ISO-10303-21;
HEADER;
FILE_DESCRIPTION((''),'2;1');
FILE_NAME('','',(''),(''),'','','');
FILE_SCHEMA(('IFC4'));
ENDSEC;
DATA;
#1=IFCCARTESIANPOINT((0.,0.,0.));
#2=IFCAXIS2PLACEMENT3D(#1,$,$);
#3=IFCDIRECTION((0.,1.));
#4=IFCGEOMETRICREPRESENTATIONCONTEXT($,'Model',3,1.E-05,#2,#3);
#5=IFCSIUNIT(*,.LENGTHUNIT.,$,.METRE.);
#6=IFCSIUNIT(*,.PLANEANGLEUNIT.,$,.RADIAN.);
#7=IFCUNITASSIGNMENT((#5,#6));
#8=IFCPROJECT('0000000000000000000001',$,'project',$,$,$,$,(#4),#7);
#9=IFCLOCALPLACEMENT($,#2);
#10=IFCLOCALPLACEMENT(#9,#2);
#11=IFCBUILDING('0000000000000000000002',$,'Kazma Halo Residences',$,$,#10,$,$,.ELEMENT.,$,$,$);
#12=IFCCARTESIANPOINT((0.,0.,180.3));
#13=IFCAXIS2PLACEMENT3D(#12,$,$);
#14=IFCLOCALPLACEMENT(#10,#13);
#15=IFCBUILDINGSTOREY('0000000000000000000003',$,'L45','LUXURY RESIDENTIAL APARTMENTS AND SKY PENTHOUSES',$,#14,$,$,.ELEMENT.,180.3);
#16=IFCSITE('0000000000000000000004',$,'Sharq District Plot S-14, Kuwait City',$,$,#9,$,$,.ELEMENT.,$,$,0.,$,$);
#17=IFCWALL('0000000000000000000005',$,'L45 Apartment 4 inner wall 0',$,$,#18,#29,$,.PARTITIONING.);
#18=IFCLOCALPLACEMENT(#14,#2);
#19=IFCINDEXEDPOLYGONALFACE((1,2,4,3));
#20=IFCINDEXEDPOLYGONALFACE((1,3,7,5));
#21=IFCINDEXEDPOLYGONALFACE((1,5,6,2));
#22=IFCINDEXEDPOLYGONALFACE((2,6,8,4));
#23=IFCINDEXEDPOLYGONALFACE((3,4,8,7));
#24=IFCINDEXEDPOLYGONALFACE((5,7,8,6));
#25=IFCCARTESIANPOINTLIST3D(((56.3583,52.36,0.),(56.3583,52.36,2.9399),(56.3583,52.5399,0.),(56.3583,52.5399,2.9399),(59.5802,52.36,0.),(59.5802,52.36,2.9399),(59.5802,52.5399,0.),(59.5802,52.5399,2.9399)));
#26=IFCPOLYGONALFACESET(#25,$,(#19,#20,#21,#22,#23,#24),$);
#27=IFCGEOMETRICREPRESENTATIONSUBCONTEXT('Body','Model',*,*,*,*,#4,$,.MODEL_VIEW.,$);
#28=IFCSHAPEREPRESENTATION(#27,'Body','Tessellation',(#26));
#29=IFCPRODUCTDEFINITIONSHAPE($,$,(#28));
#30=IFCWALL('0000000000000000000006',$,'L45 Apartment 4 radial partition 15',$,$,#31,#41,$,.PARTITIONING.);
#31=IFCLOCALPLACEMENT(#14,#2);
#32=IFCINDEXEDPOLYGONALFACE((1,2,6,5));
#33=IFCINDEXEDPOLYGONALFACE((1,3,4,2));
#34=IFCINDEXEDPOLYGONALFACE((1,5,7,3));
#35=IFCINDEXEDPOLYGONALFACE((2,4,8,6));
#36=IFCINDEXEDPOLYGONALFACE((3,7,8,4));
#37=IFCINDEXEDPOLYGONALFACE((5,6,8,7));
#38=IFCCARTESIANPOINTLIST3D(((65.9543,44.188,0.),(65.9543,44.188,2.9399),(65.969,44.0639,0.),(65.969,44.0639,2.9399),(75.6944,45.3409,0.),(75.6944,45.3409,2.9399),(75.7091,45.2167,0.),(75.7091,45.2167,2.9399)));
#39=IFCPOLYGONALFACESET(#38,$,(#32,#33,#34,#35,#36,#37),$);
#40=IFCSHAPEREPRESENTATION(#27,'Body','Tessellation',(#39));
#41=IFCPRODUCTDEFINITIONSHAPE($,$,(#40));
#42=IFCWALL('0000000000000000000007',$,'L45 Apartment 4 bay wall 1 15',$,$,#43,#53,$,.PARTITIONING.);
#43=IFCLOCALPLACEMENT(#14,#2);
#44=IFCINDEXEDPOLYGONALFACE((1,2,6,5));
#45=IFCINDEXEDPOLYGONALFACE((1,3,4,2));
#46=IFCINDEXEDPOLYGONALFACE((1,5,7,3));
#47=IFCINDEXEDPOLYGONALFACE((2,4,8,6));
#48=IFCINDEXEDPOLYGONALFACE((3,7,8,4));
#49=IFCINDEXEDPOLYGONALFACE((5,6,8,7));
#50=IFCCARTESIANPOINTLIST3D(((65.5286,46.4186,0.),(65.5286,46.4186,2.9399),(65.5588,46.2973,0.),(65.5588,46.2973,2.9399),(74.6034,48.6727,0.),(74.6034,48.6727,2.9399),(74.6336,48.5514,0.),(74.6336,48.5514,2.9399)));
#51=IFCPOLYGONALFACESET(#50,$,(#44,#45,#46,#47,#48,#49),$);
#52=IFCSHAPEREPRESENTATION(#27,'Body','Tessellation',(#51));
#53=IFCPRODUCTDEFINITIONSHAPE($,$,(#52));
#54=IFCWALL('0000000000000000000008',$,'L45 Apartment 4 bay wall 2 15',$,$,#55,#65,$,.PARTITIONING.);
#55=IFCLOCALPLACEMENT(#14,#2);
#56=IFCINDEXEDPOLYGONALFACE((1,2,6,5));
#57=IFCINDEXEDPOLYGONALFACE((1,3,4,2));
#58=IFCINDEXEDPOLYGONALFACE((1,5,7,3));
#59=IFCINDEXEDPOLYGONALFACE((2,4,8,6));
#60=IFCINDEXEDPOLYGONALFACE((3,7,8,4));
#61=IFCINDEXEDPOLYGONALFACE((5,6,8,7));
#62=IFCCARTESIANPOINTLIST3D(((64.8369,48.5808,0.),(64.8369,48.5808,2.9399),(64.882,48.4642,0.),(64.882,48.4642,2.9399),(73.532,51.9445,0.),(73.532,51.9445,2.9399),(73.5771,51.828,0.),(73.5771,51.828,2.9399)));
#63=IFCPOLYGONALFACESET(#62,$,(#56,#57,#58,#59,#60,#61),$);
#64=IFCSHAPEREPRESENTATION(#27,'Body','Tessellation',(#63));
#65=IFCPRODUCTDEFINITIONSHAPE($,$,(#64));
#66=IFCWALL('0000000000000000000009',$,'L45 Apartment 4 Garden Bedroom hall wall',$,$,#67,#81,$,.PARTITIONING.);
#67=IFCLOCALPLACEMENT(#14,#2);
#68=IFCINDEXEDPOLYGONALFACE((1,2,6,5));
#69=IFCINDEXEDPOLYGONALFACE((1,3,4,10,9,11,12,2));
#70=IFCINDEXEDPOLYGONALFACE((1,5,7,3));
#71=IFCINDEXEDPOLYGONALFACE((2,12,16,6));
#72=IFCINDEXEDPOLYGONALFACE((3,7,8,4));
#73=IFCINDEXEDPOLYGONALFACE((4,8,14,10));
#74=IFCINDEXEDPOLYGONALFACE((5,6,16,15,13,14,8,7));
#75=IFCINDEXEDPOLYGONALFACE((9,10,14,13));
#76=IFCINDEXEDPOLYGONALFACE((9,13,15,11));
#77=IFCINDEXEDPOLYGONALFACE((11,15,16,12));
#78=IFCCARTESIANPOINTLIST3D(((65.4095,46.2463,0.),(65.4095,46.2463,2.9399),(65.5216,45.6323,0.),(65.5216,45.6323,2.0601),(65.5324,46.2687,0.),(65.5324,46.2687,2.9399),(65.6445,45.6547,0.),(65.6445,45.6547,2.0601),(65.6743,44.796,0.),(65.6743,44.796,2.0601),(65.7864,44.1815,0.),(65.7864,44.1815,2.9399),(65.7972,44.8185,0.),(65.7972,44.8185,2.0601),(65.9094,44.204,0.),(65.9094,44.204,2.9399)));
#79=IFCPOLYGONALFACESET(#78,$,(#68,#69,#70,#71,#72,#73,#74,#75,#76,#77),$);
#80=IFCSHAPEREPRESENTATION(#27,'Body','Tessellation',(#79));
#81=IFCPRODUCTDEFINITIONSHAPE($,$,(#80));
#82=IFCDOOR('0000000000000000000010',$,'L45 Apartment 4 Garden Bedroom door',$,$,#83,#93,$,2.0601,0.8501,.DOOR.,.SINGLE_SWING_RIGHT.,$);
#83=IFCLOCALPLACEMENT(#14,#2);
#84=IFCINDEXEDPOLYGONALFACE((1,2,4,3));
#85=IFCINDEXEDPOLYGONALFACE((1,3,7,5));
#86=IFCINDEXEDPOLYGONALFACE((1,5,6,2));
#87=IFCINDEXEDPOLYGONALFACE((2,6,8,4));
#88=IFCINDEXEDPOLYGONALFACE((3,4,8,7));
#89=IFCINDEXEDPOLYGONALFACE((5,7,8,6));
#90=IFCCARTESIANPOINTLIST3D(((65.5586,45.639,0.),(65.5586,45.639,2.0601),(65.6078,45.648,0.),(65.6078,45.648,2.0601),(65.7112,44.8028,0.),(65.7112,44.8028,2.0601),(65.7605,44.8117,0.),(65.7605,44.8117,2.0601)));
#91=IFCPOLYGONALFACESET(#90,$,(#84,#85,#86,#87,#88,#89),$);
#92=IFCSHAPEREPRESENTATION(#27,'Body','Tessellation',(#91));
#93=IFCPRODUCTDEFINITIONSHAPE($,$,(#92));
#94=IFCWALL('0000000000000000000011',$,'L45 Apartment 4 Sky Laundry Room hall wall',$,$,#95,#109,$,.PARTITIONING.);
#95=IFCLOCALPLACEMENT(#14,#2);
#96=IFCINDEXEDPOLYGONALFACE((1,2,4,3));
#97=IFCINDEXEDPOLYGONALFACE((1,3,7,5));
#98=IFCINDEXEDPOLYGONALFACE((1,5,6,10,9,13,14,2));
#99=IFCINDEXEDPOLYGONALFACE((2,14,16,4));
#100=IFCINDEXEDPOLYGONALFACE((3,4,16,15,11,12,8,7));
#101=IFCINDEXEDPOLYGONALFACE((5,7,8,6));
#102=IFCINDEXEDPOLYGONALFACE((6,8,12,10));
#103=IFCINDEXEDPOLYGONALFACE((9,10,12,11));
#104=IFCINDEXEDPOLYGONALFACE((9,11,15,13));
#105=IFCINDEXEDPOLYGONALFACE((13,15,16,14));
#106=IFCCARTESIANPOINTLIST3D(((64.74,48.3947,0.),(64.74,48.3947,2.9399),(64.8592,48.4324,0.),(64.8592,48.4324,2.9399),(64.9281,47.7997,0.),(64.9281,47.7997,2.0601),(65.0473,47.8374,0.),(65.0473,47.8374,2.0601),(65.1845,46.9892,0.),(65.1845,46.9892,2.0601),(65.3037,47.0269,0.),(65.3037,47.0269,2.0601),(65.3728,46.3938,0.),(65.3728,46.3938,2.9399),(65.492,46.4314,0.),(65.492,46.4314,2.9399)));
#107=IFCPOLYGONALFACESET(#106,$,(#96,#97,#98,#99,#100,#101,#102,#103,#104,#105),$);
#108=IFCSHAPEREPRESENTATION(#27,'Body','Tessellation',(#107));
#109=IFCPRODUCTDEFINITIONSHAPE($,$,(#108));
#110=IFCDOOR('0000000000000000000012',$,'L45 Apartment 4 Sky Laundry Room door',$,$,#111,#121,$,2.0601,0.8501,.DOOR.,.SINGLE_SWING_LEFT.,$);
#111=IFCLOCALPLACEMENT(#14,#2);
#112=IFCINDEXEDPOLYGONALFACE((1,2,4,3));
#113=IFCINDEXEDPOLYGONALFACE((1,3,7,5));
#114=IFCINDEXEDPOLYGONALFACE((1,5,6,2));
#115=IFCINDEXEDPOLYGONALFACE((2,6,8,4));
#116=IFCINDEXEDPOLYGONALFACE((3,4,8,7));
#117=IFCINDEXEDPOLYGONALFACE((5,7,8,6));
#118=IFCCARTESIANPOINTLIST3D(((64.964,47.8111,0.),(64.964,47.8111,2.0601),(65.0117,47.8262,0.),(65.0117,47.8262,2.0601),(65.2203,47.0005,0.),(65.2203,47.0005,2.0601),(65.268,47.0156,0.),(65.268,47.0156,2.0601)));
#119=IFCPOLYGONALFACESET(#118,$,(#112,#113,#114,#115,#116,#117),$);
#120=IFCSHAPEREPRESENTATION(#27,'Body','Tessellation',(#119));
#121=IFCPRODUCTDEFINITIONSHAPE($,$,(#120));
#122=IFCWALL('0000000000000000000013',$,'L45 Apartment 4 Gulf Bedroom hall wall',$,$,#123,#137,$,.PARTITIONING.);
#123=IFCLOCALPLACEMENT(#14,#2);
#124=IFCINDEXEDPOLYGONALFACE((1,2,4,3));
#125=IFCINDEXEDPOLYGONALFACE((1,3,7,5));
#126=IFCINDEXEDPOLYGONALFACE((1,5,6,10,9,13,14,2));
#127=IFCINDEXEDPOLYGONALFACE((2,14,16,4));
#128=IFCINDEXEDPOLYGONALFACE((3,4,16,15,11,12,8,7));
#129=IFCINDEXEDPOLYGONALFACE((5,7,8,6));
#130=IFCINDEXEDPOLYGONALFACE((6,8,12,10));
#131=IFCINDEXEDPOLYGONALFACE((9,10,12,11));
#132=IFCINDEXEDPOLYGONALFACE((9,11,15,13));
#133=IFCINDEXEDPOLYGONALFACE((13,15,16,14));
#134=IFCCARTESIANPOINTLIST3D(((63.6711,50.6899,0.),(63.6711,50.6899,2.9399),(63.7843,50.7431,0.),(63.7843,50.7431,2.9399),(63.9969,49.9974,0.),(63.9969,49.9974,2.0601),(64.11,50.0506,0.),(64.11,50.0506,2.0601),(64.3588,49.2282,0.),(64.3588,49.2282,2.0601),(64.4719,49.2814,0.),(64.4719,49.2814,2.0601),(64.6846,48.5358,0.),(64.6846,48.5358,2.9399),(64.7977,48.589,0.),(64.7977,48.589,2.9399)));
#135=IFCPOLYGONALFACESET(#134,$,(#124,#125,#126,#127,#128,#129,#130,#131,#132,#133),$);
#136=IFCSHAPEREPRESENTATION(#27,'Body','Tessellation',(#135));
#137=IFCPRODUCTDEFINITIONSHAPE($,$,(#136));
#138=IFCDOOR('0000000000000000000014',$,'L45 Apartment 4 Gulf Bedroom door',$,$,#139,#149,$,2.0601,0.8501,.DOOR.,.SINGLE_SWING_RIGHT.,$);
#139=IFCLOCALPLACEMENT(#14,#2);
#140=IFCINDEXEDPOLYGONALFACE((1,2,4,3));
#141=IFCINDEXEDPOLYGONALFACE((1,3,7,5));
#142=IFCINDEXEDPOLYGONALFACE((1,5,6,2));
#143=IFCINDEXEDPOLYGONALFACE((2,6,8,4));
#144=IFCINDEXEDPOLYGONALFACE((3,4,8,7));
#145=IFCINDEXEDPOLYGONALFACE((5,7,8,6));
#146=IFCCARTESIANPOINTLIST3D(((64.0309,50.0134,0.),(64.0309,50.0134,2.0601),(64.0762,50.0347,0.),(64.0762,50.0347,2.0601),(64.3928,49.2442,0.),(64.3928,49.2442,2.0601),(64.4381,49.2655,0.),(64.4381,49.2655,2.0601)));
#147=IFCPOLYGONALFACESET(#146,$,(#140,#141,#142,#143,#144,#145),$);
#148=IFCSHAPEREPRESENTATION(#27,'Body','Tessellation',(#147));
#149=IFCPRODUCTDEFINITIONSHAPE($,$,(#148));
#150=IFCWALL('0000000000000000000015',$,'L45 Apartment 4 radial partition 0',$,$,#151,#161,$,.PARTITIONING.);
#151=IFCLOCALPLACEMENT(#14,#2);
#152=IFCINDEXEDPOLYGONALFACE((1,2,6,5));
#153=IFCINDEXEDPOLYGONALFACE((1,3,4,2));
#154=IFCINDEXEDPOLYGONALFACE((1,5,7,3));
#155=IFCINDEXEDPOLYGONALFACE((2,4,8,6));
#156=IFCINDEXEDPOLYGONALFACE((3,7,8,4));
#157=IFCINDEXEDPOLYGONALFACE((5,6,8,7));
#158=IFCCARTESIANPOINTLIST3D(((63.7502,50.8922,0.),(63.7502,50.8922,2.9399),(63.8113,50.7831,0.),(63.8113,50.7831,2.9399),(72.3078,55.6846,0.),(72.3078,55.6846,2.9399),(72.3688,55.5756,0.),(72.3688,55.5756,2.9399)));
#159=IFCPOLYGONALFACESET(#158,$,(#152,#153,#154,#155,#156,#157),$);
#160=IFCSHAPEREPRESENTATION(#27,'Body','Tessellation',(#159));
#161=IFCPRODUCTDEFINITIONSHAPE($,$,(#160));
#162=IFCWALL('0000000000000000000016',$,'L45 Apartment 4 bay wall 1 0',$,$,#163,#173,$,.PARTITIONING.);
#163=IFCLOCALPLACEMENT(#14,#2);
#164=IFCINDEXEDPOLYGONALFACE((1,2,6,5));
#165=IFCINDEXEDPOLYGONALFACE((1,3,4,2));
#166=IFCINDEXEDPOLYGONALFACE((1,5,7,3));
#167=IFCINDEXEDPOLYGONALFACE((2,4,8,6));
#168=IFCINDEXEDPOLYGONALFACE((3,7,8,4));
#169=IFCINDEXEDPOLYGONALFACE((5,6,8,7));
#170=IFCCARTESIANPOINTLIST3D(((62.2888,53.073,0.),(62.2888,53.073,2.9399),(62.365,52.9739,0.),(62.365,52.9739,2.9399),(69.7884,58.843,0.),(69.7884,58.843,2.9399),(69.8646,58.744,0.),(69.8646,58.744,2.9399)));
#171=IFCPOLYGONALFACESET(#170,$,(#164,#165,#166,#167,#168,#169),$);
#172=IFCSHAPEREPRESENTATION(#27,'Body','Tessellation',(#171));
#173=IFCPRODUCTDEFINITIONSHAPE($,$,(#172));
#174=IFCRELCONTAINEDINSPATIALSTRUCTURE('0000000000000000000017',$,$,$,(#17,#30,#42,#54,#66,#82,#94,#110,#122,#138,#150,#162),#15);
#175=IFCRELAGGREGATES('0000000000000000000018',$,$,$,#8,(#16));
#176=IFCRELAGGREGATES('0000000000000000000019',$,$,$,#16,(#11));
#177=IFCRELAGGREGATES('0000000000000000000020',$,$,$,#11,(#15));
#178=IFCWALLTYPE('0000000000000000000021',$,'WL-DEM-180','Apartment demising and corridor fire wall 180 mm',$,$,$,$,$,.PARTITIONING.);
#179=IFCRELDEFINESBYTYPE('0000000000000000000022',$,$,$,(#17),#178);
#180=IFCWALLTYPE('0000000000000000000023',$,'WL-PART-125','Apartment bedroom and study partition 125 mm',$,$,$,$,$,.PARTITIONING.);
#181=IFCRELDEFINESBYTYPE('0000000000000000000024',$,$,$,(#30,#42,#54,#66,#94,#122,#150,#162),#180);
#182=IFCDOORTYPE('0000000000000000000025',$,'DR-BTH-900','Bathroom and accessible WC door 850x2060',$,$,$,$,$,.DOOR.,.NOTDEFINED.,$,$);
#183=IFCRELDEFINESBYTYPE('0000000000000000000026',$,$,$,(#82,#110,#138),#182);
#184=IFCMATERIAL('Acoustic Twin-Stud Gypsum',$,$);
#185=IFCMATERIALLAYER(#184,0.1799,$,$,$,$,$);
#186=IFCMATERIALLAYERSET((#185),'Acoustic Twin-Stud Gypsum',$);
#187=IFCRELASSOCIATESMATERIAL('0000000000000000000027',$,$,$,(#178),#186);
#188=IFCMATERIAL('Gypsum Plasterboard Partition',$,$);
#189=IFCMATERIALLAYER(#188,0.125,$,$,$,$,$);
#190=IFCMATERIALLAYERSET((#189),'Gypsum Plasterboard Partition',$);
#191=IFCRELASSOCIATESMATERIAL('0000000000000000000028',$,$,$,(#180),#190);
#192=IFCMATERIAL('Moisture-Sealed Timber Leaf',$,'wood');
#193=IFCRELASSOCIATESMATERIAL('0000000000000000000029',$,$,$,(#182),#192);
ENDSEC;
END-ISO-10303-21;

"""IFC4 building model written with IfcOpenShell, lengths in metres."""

from ifc_helpers import new_model, si_unit, direction, frame, frame_2d, origin, place, context, subcontext, project, spatial, rectangle, extrude, material, layer, layer_set, type_object, element, fill, save


model = new_model("IFC4")

# Units and contexts
model_context = context("Model", 3, precision=1e-05, world=origin(), true_north=direction((0.0, 1.0)))
body_context = subcontext(model_context, "Body", "Model", "MODEL_VIEW")
ifc_project = project(units=[si_unit("LENGTHUNIT", "METRE"), si_unit("PLANEANGLEUNIT", "RADIAN")], contexts=[model_context])

# Site, building, storey
site_placement = place(None, origin())
site = spatial("IfcSite", under=ifc_project, at=site_placement, Name="Sharq District Plot S-14, Kuwait City", CompositionType="ELEMENT", RefElevation=0.0)
building_placement = place(site_placement, origin())
building = spatial("IfcBuilding", under=site, at=building_placement, Name="Kazma Halo Residences", CompositionType="ELEMENT")
storey_placement = place(building_placement, frame((0.0, 0.0, 180.3)))
storey = spatial("IfcBuildingStorey", under=building, at=storey_placement, Name="L45", Description="LUXURY RESIDENTIAL APARTMENTS AND SKY PENTHOUSES", CompositionType="ELEMENT", Elevation=180.3)

# Walls
ifc_material_1 = material(Name="Acoustic Twin-Stud Gypsum")
ifc_layer_1 = layer(ifc_material_1, 0.1799)
ifc_layer_set_1 = layer_set([ifc_layer_1], Name="Acoustic Twin-Stud Gypsum")
wall_type_1 = type_object("IfcWallType", Name="WL-DEM-180", Description="Apartment demising and corridor fire wall 180 mm", PredefinedType="PARTITIONING", material=ifc_layer_set_1)
wall_1_placement = place(storey_placement, frame((59.5801, 52.45, 0.0), z_axis=(0.0, 0.0, 1.0), x_axis=(-1.0, 0.0, 0.0)))
element("IfcWall", 1, at=wall_1_placement, inside=storey, type_object=wall_type_1, Name="L45 Apartment 4 inner wall 0", PredefinedType="PARTITIONING", context=body_context, shape_type="SweptSolid", body=[
    extrude(rectangle(XDim=3.2219, YDim=0.1799, at=frame_2d((1.6108, 0.0))), origin(), (0.0, 0.0, 1.0), 2.9399),
])
ifc_material_2 = material(Name="Gypsum Plasterboard Partition")
ifc_layer_2 = layer(ifc_material_2, 0.125)
ifc_layer_set_2 = layer_set([ifc_layer_2], Name="Gypsum Plasterboard Partition")
wall_type_2 = type_object("IfcWallType", Name="WL-PART-125", Description="Apartment bedroom and study partition 125 mm", PredefinedType="PARTITIONING", material=ifc_layer_set_2)
wall_2_placement = place(storey_placement, frame((65.9617, 44.126, 0.0), z_axis=(0.0, 0.0, 1.0), x_axis=(0.993068, 0.117537, 0.0)))
element("IfcWall", 2, at=wall_2_placement, inside=storey, type_object=wall_type_2, Name="L45 Apartment 4 radial partition 15", PredefinedType="PARTITIONING", context=body_context, shape_type="SweptSolid", body=[
    extrude(rectangle(XDim=9.8081, YDim=0.125, at=frame_2d((4.9041, 0.0))), origin(), (0.0, 0.0, 1.0), 2.9399),
])
wall_3_placement = place(storey_placement, frame((65.5437, 46.3579, 0.0), z_axis=(0.0, 0.0, 1.0), x_axis=(0.970507, 0.241073, 0.0)))
element("IfcWall", 3, at=wall_3_placement, inside=storey, type_object=wall_type_2, Name="L45 Apartment 4 bay wall 1 15", PredefinedType="PARTITIONING", context=body_context, shape_type="SweptSolid", body=[
    extrude(rectangle(XDim=9.3506, YDim=0.125, at=frame_2d((4.6753, 0.0))), origin(), (0.0, 0.0, 1.0), 2.9399),
])
wall_4_placement = place(storey_placement, frame((64.8594, 48.5225, 0.0), z_axis=(0.0, 0.0, 1.0), x_axis=(0.932643, 0.360802, 0.0)))
element("IfcWall", 4, at=wall_4_placement, inside=storey, type_object=wall_type_2, Name="L45 Apartment 4 bay wall 2 15", PredefinedType="PARTITIONING", context=body_context, shape_type="SweptSolid", body=[
    extrude(rectangle(XDim=9.323, YDim=0.125, at=frame_2d((4.6616, 0.0))), origin(), (0.0, 0.0, 1.0), 2.9399),
])

# Walls, openings, doors
wall_5_placement = place(storey_placement, frame((65.8479, 44.1929, 0.0), z_axis=(0.0, 0.0, 1.0), x_axis=(-0.179602, 0.983739, 0.0)))
wall_5 = element("IfcWall", 5, at=wall_5_placement, inside=storey, type_object=wall_type_2, Name="L45 Apartment 4 Garden Bedroom hall wall", PredefinedType="PARTITIONING", context=body_context, shape_type="SweptSolid", body=[
    extrude(rectangle(XDim=2.0989, YDim=0.125, at=frame_2d((1.0493, 0.0))), origin(), (0.0, 0.0, 1.0), 2.9399),
])
opening_1_placement = place(wall_5_placement, frame((0.6245, 0.0, 0.0)))
opening_1 = element("IfcOpeningElement", 6, at=opening_1_placement, cuts=wall_5, PredefinedType="OPENING", context=body_context, shape_type="SweptSolid", body=[
    extrude(rectangle(XDim=0.8501, YDim=2.0601, at=frame_2d((0.425, 1.03))), frame((0.0, 0.0725, 0.0), z_axis=(0.0, -1.0, 0.0), x_axis=(1.0, 0.0, 0.0)), (0.0, 0.0, 1.0), 0.145),
])
ifc_material_3 = material(Name="Moisture-Sealed Timber Leaf", Category="wood")
door_type = type_object("IfcDoorType", Name="DR-BTH-900", Description="Bathroom and accessible WC door 850x2060", OperationType="NOTDEFINED", PredefinedType="DOOR", material=ifc_material_3)
door_1_placement = place(opening_1_placement, origin())
door_1 = element("IfcDoor", 7, at=door_1_placement, inside=storey, type_object=door_type, Name="L45 Apartment 4 Garden Bedroom door", OperationType="SINGLE_SWING_RIGHT", OverallHeight=2.0601, OverallWidth=0.8501, PredefinedType="DOOR", context=body_context, shape_type="SweptSolid", body=[
    extrude(rectangle(XDim=0.8501, YDim=2.0601, at=frame_2d((0.425, 1.03))), frame((0.0, 0.0249, 0.0), z_axis=(0.0, -1.0, 0.0), x_axis=(1.0, 0.0, 0.0)), (0.0, 0.0, 1.0), 0.05),
])
fill(opening_1, door_1)
wall_6_placement = place(storey_placement, frame((65.4324, 46.4126, 0.0), z_axis=(0.0, 0.0, 1.0), x_axis=(-0.301532, 0.953456, 0.0)))
wall_6 = element("IfcWall", 8, at=wall_6_placement, inside=storey, type_object=wall_type_2, Name="L45 Apartment 4 Sky Laundry Room hall wall", PredefinedType="PARTITIONING", context=body_context, shape_type="SweptSolid", body=[
    extrude(rectangle(XDim=2.0986, YDim=0.125, at=frame_2d((1.0493, 0.0))), origin(), (0.0, 0.0, 1.0), 2.9399),
])
opening_2_placement = place(wall_6_placement, frame((0.6245, 0.0, 0.0)))
opening_2 = element("IfcOpeningElement", 9, at=opening_2_placement, cuts=wall_6, PredefinedType="OPENING", context=body_context, shape_type="SweptSolid", body=[
    extrude(rectangle(XDim=0.8501, YDim=2.0601, at=frame_2d((0.425, 1.03))), frame((0.0, 0.0725, 0.0), z_axis=(0.0, -1.0, 0.0), x_axis=(1.0, 0.0, 0.0)), (0.0, 0.0, 1.0), 0.145),
])
door_2_placement = place(opening_2_placement, origin())
door_2 = element("IfcDoor", 10, at=door_2_placement, inside=storey, type_object=door_type, Name="L45 Apartment 4 Sky Laundry Room door", OperationType="SINGLE_SWING_LEFT", OverallHeight=2.0601, OverallWidth=0.8501, PredefinedType="DOOR", context=body_context, shape_type="SweptSolid", body=[
    extrude(rectangle(XDim=0.8501, YDim=2.0601, at=frame_2d((0.425, 1.03))), frame((0.0, 0.0249, 0.0), z_axis=(0.0, -1.0, 0.0), x_axis=(1.0, 0.0, 0.0)), (0.0, 0.0, 1.0), 0.05),
])
fill(opening_2, door_2)
wall_7_placement = place(storey_placement, frame((64.7412, 48.5623, 0.0), z_axis=(0.0, 0.0, 1.0), x_axis=(-0.425713, 0.904858, 0.0)))
wall_7 = element("IfcWall", 11, at=wall_7_placement, inside=storey, type_object=wall_type_2, Name="L45 Apartment 4 Gulf Bedroom hall wall", PredefinedType="PARTITIONING", context=body_context, shape_type="SweptSolid", body=[
    extrude(rectangle(XDim=2.3806, YDim=0.125, at=frame_2d((1.1904, 0.0))), origin(), (0.0, 0.0, 1.0), 2.9399),
])
opening_3_placement = place(wall_7_placement, frame((0.7654, 0.0, 0.0)))
opening_3 = element("IfcOpeningElement", 12, at=opening_3_placement, cuts=wall_7, PredefinedType="OPENING", context=body_context, shape_type="SweptSolid", body=[
    extrude(rectangle(XDim=0.8501, YDim=2.0601, at=frame_2d((0.425, 1.03))), frame((0.0, 0.0725, 0.0), z_axis=(0.0, -1.0, 0.0), x_axis=(1.0, 0.0, 0.0)), (0.0, 0.0, 1.0), 0.145),
])
door_3_placement = place(opening_3_placement, origin())
door_3 = element("IfcDoor", 13, at=door_3_placement, inside=storey, type_object=door_type, Name="L45 Apartment 4 Gulf Bedroom door", OperationType="SINGLE_SWING_RIGHT", OverallHeight=2.0601, OverallWidth=0.8501, PredefinedType="DOOR", context=body_context, shape_type="SweptSolid", body=[
    extrude(rectangle(XDim=0.8501, YDim=2.0601, at=frame_2d((0.425, 1.03))), frame((0.0, 0.0249, 0.0), z_axis=(0.0, -1.0, 0.0), x_axis=(1.0, 0.0, 0.0)), (0.0, 0.0, 1.0), 0.05),
])
fill(opening_3, door_3)

# Walls
wall_8_placement = place(storey_placement, frame((63.7808, 50.8376, 0.0), z_axis=(0.0, 0.0, 1.0), x_axis=(0.872497, 0.48862, 0.0)))
element("IfcWall", 14, at=wall_8_placement, inside=storey, type_object=wall_type_2, Name="L45 Apartment 4 radial partition 0", PredefinedType="PARTITIONING", context=body_context, shape_type="SweptSolid", body=[
    extrude(rectangle(XDim=9.8081, YDim=0.125, at=frame_2d((4.9041, 0.0))), origin(), (0.0, 0.0, 1.0), 2.9399),
])
wall_9_placement = place(storey_placement, frame((62.3269, 53.0234, 0.0), z_axis=(0.0, 0.0, 1.0), x_axis=(0.792565, 0.609788, 0.0)))
element("IfcWall", 15, at=wall_9_placement, inside=storey, type_object=wall_type_2, Name="L45 Apartment 4 bay wall 1 0", PredefinedType="PARTITIONING", context=body_context, shape_type="SweptSolid", body=[
    extrude(rectangle(XDim=9.4624, YDim=0.125, at=frame_2d((4.7312, 0.0))), origin(), (0.0, 0.0, 1.0), 2.9399),
])

save(model, "model.ifc")
